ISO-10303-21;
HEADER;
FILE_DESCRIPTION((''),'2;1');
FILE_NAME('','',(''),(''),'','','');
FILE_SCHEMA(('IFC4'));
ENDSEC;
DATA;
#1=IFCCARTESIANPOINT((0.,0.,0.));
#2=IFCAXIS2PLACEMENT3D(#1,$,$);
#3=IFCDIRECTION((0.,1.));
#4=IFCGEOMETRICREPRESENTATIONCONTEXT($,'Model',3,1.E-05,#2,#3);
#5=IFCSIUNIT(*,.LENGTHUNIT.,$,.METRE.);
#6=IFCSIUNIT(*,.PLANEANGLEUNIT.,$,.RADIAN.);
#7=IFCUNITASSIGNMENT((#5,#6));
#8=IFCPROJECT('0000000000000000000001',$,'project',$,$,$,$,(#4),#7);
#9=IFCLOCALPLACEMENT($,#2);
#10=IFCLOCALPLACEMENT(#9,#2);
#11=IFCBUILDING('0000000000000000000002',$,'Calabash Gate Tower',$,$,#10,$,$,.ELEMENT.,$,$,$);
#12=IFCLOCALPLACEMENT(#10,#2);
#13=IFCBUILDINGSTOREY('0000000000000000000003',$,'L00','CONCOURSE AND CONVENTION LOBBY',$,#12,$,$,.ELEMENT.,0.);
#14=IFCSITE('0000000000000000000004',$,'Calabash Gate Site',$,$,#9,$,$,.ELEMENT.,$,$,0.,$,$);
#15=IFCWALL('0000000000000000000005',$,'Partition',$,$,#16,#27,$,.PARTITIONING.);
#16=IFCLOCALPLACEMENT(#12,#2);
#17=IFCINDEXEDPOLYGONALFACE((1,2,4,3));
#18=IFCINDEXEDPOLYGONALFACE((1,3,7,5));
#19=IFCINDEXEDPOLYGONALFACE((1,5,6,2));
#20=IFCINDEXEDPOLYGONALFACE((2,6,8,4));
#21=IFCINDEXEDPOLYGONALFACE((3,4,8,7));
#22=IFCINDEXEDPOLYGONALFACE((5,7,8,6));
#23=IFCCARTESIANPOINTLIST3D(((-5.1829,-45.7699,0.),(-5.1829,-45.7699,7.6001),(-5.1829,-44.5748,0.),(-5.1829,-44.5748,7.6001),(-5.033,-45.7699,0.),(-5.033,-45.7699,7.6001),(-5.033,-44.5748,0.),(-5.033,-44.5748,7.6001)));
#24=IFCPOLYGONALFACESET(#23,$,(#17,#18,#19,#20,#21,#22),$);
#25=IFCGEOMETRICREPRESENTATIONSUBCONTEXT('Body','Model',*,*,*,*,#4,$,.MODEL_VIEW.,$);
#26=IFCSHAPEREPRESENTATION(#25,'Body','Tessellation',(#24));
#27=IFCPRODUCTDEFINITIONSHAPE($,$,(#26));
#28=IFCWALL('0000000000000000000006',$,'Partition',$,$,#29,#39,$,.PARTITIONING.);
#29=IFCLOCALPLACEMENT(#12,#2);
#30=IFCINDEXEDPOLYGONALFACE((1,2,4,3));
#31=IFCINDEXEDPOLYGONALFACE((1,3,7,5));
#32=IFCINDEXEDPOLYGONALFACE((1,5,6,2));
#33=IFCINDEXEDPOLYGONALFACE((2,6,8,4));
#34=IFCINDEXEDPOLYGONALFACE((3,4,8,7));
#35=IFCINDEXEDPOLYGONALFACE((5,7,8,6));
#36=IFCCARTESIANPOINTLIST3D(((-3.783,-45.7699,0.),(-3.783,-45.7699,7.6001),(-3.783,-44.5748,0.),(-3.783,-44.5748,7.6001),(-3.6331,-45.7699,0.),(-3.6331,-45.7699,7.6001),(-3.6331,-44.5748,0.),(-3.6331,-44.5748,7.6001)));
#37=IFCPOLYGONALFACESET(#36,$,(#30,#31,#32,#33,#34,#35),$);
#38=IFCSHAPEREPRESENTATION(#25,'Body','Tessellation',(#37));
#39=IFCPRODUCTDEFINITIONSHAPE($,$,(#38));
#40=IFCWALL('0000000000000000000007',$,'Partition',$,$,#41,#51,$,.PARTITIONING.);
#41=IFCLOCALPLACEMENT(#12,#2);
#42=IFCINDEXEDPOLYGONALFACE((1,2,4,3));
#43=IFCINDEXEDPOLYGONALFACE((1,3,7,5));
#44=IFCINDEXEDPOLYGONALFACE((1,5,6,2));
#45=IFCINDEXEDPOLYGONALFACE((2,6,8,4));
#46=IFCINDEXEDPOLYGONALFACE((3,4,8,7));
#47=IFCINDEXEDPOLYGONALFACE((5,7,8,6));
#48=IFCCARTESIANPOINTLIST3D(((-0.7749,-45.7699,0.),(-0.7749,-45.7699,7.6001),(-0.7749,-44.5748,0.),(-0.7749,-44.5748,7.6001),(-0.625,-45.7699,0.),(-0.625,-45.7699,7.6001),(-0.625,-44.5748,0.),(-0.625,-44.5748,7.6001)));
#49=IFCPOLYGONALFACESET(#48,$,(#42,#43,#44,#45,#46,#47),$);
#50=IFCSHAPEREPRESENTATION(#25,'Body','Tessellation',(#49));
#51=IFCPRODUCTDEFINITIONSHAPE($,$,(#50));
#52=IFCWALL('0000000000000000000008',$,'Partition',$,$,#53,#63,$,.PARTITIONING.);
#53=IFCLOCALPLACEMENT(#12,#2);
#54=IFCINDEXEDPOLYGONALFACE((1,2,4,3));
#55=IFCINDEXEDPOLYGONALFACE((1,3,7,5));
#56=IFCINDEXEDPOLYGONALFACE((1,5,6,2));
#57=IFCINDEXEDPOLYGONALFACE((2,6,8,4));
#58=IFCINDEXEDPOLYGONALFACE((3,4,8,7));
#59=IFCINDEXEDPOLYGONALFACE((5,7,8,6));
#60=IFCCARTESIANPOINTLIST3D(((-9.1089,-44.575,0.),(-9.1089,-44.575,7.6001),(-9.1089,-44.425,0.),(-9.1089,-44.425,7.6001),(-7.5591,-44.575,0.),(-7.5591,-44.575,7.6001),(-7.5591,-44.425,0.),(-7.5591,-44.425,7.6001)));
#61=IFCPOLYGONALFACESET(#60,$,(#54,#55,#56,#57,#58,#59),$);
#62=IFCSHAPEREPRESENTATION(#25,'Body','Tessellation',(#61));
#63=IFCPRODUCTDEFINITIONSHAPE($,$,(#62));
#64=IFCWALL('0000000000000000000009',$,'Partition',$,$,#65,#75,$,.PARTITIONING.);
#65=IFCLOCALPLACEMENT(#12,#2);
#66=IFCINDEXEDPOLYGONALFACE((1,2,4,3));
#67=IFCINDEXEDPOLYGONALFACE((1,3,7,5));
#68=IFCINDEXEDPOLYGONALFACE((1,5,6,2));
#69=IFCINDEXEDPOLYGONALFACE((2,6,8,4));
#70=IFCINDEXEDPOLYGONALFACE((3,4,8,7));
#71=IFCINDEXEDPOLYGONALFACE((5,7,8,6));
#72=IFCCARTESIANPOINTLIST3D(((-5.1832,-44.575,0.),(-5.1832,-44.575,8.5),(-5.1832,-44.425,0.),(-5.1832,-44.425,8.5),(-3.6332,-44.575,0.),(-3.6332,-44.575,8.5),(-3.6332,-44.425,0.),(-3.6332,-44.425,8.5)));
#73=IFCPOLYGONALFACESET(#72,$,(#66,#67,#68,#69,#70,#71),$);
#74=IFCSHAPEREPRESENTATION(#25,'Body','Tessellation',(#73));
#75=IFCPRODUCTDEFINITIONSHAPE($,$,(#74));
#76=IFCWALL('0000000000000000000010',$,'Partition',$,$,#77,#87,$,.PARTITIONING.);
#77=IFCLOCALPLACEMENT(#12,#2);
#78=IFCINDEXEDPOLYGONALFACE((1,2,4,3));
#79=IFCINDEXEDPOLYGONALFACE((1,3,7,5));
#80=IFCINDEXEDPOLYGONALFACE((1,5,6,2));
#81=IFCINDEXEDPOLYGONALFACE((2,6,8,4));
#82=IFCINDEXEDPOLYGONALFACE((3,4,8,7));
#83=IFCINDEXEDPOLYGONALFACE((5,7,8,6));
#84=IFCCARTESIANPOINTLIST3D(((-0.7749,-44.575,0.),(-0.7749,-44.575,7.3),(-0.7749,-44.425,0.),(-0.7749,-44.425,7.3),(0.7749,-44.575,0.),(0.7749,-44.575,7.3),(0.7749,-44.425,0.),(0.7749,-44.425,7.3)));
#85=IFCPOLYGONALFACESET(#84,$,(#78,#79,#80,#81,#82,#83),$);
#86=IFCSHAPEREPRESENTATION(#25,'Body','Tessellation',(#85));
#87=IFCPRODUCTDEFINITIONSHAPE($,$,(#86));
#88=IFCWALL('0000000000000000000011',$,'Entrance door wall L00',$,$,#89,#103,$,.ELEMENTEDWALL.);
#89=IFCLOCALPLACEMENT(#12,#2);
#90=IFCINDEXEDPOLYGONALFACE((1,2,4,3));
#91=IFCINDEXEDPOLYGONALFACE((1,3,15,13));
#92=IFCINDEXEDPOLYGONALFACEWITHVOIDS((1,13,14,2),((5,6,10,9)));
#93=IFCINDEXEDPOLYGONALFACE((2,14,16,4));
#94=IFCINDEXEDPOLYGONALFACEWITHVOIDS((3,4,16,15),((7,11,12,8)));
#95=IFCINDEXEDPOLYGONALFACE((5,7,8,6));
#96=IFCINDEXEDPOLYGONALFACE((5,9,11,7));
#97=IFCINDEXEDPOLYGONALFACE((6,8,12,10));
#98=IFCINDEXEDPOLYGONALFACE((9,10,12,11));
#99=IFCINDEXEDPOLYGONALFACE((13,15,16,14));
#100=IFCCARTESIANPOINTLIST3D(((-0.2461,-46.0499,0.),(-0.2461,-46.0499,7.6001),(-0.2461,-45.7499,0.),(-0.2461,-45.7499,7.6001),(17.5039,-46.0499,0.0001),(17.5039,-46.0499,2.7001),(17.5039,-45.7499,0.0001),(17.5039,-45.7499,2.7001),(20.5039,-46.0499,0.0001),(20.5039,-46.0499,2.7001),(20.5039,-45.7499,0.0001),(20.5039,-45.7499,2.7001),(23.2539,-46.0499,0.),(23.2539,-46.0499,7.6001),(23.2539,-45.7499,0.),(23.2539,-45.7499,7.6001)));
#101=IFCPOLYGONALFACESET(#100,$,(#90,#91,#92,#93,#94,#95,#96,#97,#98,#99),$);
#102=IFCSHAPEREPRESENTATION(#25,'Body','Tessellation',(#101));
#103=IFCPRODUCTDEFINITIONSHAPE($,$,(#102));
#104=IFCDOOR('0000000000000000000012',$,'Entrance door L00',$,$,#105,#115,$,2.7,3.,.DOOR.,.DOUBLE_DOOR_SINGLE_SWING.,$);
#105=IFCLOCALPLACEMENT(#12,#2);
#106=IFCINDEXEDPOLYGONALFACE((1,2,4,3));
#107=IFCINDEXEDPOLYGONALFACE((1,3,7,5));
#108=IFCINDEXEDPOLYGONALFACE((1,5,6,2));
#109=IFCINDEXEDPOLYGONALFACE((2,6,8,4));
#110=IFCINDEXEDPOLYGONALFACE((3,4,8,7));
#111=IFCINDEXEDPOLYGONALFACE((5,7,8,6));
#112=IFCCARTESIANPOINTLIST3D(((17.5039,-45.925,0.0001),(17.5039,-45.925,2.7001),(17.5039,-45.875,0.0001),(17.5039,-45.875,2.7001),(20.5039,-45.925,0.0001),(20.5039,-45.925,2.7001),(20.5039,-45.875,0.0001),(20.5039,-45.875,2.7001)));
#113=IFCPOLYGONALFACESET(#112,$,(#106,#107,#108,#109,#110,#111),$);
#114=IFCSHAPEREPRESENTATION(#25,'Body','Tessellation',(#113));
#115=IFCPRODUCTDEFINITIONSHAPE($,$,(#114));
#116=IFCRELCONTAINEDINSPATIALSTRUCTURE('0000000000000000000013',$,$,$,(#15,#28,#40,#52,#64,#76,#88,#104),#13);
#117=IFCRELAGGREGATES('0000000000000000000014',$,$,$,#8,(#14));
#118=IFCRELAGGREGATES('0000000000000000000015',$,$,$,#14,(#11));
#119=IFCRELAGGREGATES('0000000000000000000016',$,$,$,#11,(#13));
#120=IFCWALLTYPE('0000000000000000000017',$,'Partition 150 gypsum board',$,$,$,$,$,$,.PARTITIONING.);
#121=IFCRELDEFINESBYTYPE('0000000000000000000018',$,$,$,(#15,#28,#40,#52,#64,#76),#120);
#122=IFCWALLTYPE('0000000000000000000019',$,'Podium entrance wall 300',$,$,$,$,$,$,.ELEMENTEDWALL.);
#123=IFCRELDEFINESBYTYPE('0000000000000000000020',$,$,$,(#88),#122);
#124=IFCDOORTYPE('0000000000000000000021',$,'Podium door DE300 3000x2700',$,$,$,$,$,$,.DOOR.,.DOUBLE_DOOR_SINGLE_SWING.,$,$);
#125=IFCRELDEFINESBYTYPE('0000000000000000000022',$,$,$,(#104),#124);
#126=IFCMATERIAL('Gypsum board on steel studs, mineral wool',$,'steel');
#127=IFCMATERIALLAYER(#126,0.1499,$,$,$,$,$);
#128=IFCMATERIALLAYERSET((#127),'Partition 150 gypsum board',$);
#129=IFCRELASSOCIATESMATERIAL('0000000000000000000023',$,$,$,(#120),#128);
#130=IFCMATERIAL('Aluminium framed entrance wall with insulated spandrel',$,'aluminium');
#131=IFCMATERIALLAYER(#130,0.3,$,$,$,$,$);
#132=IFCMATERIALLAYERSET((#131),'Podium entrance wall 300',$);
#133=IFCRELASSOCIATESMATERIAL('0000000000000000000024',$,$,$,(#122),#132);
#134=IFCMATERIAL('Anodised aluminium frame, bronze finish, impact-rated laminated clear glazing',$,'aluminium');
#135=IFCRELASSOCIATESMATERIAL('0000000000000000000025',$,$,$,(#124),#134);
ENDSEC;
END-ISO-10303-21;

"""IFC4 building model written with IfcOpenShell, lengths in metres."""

from ifc_helpers import new_model, si_unit, direction, frame, frame_2d, origin, place, context, subcontext, project, spatial, rectangle, extrude, material, layer, layer_set, type_object, element, fill, save


model = new_model("IFC4")

# Units and contexts
model_context = context("Model", 3, precision=1e-05, world=origin(), true_north=direction((0.0, 1.0)))
body_context = subcontext(model_context, "Body", "Model", "MODEL_VIEW")
ifc_project = project(units=[si_unit("LENGTHUNIT", "METRE"), si_unit("PLANEANGLEUNIT", "RADIAN")], contexts=[model_context])

# Site, building, storey
site_placement = place(None, origin())
site = spatial("IfcSite", under=ifc_project, at=site_placement, Name="Calabash Gate Site", CompositionType="ELEMENT", RefElevation=0.0)
building_placement = place(site_placement, origin())
building = spatial("IfcBuilding", under=site, at=building_placement, Name="Calabash Gate Tower", CompositionType="ELEMENT")
storey_placement = place(building_placement, origin())
storey = spatial("IfcBuildingStorey", under=building, at=storey_placement, Name="L00", Description="CONCOURSE AND CONVENTION LOBBY", CompositionType="ELEMENT", Elevation=0.0)

# Walls
ifc_material_1 = material(Name="Gypsum board on steel studs, mineral wool", Category="steel")
ifc_layer_1 = layer(ifc_material_1, 0.1499)
ifc_layer_set_1 = layer_set([ifc_layer_1], Name="Partition 150 gypsum board")
wall_type_1 = type_object("IfcWallType", Name="Partition 150 gypsum board", PredefinedType="PARTITIONING", material=ifc_layer_set_1)
for number, where, z_axis, x_axis, name in (
    (1, (-5.1079, -45.77, 0.0), (0.0, 0.0, 1.0), (0.0, 1.0, 0.0), "Partition"),
    (2, (-3.708, -45.77, 0.0), (0.0, 0.0, 1.0), (0.0, 1.0, 0.0), "Partition"),
    (3, (-0.7, -45.77, 0.0), (0.0, 0.0, 1.0), (0.0, 1.0, 0.0), "Partition"),
):
    element("IfcWall", number, at=place(storey_placement, frame(where, z_axis=z_axis, x_axis=x_axis)), inside=storey, type_object=wall_type_1, Name=name, PredefinedType="PARTITIONING", context=body_context, shape_type="SweptSolid", body=[
        extrude(rectangle(XDim=1.1951, YDim=0.1499, at=frame_2d((0.5977, 0.0))), origin(), (0.0, 0.0, 1.0), 7.6001),
    ])
wall_1_placement = place(storey_placement, frame((-9.1089, -44.5, 0.0), z_axis=(0.0, 0.0, 1.0), x_axis=(1.0, 0.0, 0.0)))
element("IfcWall", 4, at=wall_1_placement, inside=storey, type_object=wall_type_1, Name="Partition", PredefinedType="PARTITIONING", context=body_context, shape_type="SweptSolid", body=[
    extrude(rectangle(XDim=1.5498, YDim=0.1499, at=frame_2d((0.7749, 0.0))), origin(), (0.0, 0.0, 1.0), 7.6001),
])
wall_2_placement = place(storey_placement, frame((-5.1831, -44.5, 0.0), z_axis=(0.0, 0.0, 1.0), x_axis=(1.0, 0.0, 0.0)))
element("IfcWall", 5, at=wall_2_placement, inside=storey, type_object=wall_type_1, Name="Partition", PredefinedType="PARTITIONING", context=body_context, shape_type="SweptSolid", body=[
    extrude(rectangle(XDim=1.55, YDim=0.1499, at=frame_2d((0.7749, 0.0))), origin(), (0.0, 0.0, 1.0), 8.5),
])
wall_3_placement = place(storey_placement, frame((-0.7749, -44.5, 0.0), z_axis=(0.0, 0.0, 1.0), x_axis=(1.0, 0.0, 0.0)))
element("IfcWall", 6, at=wall_3_placement, inside=storey, type_object=wall_type_1, Name="Partition", PredefinedType="PARTITIONING", context=body_context, shape_type="SweptSolid", body=[
    extrude(rectangle(XDim=1.5498, YDim=0.1499, at=frame_2d((0.7749, 0.0))), origin(), (0.0, 0.0, 1.0), 7.3),
])

# Wall, opening, door
ifc_material_2 = material(Name="Aluminium framed entrance wall with insulated spandrel", Category="aluminium")
ifc_layer_2 = layer(ifc_material_2, 0.3)
ifc_layer_set_2 = layer_set([ifc_layer_2], Name="Podium entrance wall 300")
wall_type_2 = type_object("IfcWallType", Name="Podium entrance wall 300", PredefinedType="ELEMENTEDWALL", material=ifc_layer_set_2)
wall_4_placement = place(storey_placement, frame((-0.2461, -45.8999, 0.0), z_axis=(0.0, 0.0, 1.0), x_axis=(1.0, 0.0, 0.0)))
wall_4 = element("IfcWall", 7, at=wall_4_placement, inside=storey, type_object=wall_type_2, Name="Entrance door wall L00", PredefinedType="ELEMENTEDWALL", context=body_context, shape_type="SweptSolid", body=[
    extrude(rectangle(XDim=23.5, YDim=0.3, at=frame_2d((11.75, 0.0))), origin(), (0.0, 0.0, 1.0), 7.6001),
])
opening_placement = place(wall_4_placement, frame((17.75, 0.0, 0.0)))
opening = element("IfcOpeningElement", 8, at=opening_placement, cuts=wall_4, PredefinedType="OPENING", context=body_context, shape_type="SweptSolid", body=[
    extrude(rectangle(XDim=3.0, YDim=2.7, at=frame_2d((1.5, 1.3501))), frame((0.0, 0.1599, 0.0), z_axis=(0.0, -1.0, 0.0), x_axis=(1.0, 0.0, 0.0)), (0.0, 0.0, 1.0), 0.3201),
])
ifc_material_3 = material(Name="Anodised aluminium frame, bronze finish, impact-rated laminated clear glazing", Category="aluminium")
door_type = type_object("IfcDoorType", Name="Podium door DE300 3000x2700", OperationType="DOUBLE_DOOR_SINGLE_SWING", PredefinedType="DOOR", material=ifc_material_3)
door_placement = place(opening_placement, origin())
door = element("IfcDoor", 9, at=door_placement, inside=storey, type_object=door_type, Name="Entrance door L00", OperationType="DOUBLE_DOOR_SINGLE_SWING", OverallHeight=2.7, OverallWidth=3.0, PredefinedType="DOOR", context=body_context, shape_type="SweptSolid", body=[
    extrude(rectangle(XDim=3.0, YDim=2.7, at=frame_2d((1.5, 1.3501))), frame((0.0, 0.0249, 0.0), z_axis=(0.0, -1.0, 0.0), x_axis=(1.0, 0.0, 0.0)), (0.0, 0.0, 1.0), 0.05),
])
fill(opening, door)

save(model, "model.ifc")
